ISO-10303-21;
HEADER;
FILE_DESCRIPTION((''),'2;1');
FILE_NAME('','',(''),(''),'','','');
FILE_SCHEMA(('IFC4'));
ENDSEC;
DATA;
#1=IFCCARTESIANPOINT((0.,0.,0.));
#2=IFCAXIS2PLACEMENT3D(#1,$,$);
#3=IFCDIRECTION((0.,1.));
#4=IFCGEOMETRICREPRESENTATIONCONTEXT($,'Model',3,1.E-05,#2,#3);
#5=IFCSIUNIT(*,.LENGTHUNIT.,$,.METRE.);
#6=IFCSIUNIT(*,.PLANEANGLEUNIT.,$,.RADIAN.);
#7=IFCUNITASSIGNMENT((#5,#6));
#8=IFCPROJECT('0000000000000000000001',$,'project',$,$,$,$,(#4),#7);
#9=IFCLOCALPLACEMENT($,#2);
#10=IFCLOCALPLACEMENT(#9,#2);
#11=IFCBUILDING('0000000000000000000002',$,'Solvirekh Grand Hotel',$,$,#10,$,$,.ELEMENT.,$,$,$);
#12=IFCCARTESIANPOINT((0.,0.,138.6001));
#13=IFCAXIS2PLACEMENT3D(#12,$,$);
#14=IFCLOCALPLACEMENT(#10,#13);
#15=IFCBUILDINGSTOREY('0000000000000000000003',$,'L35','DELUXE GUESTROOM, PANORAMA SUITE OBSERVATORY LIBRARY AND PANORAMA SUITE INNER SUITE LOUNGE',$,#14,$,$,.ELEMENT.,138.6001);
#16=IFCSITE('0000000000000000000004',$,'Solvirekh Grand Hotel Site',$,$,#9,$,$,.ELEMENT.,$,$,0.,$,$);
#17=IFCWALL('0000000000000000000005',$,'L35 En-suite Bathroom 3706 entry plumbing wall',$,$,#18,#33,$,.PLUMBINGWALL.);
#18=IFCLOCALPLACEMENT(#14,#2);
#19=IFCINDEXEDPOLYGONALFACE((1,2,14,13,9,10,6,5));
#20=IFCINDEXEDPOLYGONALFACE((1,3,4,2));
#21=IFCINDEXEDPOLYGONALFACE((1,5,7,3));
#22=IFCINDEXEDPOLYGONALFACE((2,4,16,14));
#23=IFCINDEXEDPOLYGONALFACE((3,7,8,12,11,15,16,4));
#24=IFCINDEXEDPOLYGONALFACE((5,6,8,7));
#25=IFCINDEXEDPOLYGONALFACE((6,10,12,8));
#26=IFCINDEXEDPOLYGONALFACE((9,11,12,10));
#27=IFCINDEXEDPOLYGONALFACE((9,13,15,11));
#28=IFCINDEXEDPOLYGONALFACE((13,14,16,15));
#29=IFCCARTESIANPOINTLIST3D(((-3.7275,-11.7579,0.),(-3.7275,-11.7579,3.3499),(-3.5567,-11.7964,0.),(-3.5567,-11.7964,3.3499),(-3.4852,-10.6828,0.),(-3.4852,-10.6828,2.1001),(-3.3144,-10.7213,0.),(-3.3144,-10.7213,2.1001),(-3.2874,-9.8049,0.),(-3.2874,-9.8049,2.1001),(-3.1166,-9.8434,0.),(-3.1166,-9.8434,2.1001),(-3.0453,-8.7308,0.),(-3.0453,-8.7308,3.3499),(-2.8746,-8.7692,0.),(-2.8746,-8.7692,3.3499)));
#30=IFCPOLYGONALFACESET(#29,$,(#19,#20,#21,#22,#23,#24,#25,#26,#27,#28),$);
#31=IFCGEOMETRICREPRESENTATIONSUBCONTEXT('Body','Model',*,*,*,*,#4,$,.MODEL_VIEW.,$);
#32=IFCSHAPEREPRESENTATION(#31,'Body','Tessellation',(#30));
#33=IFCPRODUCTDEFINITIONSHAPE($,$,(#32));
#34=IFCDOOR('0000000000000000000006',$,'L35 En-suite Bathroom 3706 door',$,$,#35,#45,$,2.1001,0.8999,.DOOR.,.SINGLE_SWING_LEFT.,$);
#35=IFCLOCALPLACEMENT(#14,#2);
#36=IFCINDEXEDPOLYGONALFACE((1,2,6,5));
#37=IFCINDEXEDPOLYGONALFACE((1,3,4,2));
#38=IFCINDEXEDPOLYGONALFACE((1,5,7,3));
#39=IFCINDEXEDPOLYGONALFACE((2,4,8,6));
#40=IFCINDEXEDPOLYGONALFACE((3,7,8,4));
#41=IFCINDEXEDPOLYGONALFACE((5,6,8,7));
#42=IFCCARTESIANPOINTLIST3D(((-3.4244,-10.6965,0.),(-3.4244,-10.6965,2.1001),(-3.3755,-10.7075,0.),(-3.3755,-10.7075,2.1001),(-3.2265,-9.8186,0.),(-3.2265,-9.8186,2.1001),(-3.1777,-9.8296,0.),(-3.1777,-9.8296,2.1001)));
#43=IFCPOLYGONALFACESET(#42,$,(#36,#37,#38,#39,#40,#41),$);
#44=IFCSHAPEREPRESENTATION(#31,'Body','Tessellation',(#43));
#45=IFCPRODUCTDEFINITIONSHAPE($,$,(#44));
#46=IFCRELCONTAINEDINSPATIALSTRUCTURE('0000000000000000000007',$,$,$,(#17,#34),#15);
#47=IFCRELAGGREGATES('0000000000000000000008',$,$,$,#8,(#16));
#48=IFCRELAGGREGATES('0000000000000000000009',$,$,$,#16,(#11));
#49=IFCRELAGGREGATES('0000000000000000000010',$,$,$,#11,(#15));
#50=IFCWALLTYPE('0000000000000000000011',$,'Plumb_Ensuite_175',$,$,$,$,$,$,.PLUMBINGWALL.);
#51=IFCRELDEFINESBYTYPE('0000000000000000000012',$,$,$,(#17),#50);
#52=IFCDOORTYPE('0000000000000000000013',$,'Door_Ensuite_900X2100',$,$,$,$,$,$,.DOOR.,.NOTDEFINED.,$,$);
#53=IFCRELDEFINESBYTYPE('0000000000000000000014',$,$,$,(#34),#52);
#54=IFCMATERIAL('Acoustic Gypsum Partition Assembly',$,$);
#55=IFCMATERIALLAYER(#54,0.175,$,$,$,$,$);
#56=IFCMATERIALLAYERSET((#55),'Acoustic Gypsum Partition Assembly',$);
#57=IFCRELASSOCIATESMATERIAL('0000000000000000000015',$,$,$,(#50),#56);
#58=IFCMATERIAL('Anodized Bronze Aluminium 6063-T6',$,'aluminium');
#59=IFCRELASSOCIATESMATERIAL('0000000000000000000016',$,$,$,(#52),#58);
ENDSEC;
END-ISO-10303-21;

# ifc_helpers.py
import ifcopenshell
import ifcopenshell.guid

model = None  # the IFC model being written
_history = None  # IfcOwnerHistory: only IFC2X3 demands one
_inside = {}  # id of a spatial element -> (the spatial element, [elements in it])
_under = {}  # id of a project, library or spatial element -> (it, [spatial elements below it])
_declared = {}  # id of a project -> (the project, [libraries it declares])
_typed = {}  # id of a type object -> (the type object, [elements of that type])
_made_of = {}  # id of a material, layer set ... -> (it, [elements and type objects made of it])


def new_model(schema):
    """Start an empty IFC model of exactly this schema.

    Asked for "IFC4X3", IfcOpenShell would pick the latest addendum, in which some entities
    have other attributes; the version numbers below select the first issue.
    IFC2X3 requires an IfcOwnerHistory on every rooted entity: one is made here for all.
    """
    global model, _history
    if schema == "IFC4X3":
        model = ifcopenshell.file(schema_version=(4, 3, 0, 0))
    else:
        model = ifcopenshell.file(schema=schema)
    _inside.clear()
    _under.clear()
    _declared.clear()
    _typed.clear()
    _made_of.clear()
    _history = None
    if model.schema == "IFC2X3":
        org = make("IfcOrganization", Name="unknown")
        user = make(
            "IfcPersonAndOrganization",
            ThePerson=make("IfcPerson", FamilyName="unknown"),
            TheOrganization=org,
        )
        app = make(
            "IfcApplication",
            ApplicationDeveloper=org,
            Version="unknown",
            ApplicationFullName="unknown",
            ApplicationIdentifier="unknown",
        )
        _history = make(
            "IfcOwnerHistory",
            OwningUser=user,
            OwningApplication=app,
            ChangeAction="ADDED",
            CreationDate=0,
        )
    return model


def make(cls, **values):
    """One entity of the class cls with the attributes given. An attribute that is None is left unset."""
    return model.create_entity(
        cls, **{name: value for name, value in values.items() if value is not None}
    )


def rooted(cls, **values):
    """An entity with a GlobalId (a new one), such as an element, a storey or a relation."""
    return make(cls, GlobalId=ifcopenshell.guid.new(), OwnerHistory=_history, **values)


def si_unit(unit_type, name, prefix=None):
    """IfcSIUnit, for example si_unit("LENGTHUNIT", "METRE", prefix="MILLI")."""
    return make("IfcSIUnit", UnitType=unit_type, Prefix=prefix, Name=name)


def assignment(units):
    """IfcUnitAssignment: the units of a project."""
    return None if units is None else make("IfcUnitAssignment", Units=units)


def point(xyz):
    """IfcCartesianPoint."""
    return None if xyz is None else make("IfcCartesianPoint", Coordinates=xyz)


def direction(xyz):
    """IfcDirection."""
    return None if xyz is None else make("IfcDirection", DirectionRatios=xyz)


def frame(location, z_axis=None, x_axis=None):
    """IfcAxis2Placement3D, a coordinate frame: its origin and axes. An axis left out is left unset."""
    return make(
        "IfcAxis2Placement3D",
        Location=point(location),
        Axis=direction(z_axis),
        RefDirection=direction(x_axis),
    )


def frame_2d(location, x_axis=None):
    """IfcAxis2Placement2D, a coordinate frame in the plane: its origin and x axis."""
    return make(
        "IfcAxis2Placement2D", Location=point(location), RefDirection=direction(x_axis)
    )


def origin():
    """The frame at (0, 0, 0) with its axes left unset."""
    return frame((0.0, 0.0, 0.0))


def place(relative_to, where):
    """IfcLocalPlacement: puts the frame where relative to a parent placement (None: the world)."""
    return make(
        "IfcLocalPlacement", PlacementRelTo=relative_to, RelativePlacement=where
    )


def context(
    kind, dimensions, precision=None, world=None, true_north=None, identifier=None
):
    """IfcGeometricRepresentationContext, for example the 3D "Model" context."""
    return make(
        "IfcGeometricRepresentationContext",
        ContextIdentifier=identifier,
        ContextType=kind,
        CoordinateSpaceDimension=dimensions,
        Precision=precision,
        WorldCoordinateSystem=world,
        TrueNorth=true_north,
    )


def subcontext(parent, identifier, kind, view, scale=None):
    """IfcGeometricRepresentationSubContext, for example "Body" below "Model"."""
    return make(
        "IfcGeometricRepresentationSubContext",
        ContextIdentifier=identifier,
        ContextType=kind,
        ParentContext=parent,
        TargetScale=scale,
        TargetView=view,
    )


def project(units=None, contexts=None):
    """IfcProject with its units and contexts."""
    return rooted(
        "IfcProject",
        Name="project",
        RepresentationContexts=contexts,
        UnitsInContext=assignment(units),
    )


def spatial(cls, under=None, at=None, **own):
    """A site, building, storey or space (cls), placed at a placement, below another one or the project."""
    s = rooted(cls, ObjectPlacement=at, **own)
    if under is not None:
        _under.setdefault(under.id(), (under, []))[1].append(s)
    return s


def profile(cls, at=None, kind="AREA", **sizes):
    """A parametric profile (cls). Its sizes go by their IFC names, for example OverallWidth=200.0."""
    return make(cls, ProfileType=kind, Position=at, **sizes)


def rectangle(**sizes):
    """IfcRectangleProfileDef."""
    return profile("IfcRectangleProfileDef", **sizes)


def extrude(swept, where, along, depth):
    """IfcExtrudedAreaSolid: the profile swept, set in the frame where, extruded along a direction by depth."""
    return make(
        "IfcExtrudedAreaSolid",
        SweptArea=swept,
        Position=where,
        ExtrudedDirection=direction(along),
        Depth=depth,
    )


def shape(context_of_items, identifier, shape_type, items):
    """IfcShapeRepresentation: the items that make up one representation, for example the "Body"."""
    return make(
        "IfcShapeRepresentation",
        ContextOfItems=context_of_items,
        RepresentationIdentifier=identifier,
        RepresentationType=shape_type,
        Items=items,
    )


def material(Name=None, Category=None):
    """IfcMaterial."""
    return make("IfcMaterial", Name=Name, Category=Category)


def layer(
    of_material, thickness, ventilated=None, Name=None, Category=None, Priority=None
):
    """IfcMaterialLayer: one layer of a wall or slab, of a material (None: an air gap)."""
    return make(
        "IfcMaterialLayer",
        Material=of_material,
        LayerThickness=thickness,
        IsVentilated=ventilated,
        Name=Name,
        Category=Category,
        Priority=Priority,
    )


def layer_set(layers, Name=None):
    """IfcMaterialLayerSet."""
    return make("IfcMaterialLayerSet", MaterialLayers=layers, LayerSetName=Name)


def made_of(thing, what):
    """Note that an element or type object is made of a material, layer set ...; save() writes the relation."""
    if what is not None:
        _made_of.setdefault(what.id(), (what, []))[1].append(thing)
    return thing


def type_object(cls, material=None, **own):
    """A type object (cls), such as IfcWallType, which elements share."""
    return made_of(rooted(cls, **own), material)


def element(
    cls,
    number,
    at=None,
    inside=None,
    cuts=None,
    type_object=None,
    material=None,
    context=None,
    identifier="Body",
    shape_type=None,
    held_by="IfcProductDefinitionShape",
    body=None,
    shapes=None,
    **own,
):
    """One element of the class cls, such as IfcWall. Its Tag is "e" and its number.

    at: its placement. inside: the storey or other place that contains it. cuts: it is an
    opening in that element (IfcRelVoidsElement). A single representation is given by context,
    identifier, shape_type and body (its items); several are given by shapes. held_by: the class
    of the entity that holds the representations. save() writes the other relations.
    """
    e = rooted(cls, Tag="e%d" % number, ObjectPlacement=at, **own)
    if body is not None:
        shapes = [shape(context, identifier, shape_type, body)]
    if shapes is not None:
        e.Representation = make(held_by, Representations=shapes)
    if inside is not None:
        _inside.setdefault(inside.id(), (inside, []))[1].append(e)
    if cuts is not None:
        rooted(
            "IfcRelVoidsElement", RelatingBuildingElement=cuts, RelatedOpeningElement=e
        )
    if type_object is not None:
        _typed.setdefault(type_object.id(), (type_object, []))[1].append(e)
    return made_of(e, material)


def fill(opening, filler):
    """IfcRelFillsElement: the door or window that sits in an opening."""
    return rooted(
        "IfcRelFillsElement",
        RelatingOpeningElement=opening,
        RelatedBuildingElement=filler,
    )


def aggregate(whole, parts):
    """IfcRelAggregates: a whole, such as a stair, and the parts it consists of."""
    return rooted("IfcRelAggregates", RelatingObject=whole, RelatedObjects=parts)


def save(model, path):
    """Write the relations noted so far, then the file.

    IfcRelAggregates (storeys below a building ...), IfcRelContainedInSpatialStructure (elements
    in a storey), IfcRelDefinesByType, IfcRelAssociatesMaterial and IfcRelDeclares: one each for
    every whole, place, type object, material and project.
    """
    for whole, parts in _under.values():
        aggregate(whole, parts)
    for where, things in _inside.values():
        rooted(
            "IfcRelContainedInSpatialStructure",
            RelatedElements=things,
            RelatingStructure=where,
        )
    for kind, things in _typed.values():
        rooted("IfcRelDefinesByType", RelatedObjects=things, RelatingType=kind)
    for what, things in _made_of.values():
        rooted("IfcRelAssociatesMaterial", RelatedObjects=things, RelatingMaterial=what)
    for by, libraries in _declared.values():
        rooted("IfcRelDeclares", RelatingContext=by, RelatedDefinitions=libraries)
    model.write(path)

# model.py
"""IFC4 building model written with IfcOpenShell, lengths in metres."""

from ifc_helpers import new_model, si_unit, direction, frame, frame_2d, origin, place, context, subcontext, project, spatial, rectangle, extrude, material, layer, layer_set, type_object, element, fill, save


model = new_model("IFC4")

# Units and contexts
model_context = context("Model", 3, precision=1e-05, world=origin(), true_north=direction((0.0, 1.0)))
body_context = subcontext(model_context, "Body", "Model", "MODEL_VIEW")
ifc_project = project(units=[si_unit("LENGTHUNIT", "METRE"), si_unit("PLANEANGLEUNIT", "RADIAN")], contexts=[model_context])

# Site, building, storey
site_placement = place(None, origin())
site = spatial("IfcSite", under=ifc_project, at=site_placement, Name="Solvirekh Grand Hotel Site", CompositionType="ELEMENT", RefElevation=0.0)
building_placement = place(site_placement, origin())
building = spatial("IfcBuilding", under=site, at=building_placement, Name="Solvirekh Grand Hotel", CompositionType="ELEMENT")
storey_placement = place(building_placement, frame((0.0, 0.0, 138.6001)))
storey = spatial("IfcBuildingStorey", under=building, at=storey_placement, Name="L35", Description="DELUXE GUESTROOM, PANORAMA SUITE OBSERVATORY LIBRARY AND PANORAMA SUITE INNER SUITE LOUNGE", CompositionType="ELEMENT", Elevation=138.6001)

# Shared definitions
ifc_material_1 = material(Name="Acoustic Gypsum Partition Assembly")
ifc_material_2 = material(Name="Anodized Bronze Aluminium 6063-T6", Category="aluminium")

# Wall, opening, door
ifc_layer_1 = layer(ifc_material_1, 0.175)
ifc_layer_set_1 = layer_set([ifc_layer_1], Name="Acoustic Gypsum Partition Assembly")
wall_type_1 = type_object("IfcWallType", Name="Plumb_Ensuite_175", PredefinedType="PLUMBINGWALL", material=ifc_layer_set_1)
wall_1_placement = place(storey_placement, frame((-2.96, -8.75, 0.0), z_axis=(0.0, 0.0, 1.0), x_axis=(-0.219829, -0.975539, 0.0)))
wall_1 = element("IfcWall", 1, at=wall_1_placement, inside=storey, type_object=wall_type_1, Name="L35 En-suite Bathroom 3706 entry plumbing wall", PredefinedType="PLUMBINGWALL", context=body_context, shape_type="SweptSolid", body=[
    extrude(rectangle(XDim=3.103, YDim=0.175, at=frame_2d((1.5515, 0.0))), origin(), (0.0, 0.0, 1.0), 3.3499),
])
opening_1_placement = place(wall_1_placement, frame((1.1011, 0.0, 0.0)))
opening_1 = element("IfcOpeningElement", 2, at=opening_1_placement, cuts=wall_1, PredefinedType="OPENING", context=body_context, shape_type="SweptSolid", body=[
    extrude(rectangle(XDim=0.8999, YDim=2.1001, at=frame_2d((0.45, 1.05))), frame((0.0, 0.0977, 0.0), z_axis=(0.0, -1.0, 0.0), x_axis=(1.0, 0.0, 0.0)), (0.0, 0.0, 1.0), 0.1951),
])
door_type_1 = type_object("IfcDoorType", Name="Door_Ensuite_900X2100", OperationType="NOTDEFINED", PredefinedType="DOOR", material=ifc_material_2)
door_1_placement = place(opening_1_placement, origin())
door_1 = element("IfcDoor", 3, at=door_1_placement, inside=storey, type_object=door_type_1, Name="L35 En-suite Bathroom 3706 door", OperationType="SINGLE_SWING_LEFT", OverallHeight=2.1001, OverallWidth=0.8999, PredefinedType="DOOR", context=body_context, shape_type="SweptSolid", body=[
    extrude(rectangle(XDim=0.8999, YDim=2.1001, at=frame_2d((0.45, 1.05))), frame((0.0, 0.0249, 0.0), z_axis=(0.0, -1.0, 0.0), x_axis=(1.0, 0.0, 0.0)), (0.0, 0.0, 1.0), 0.05),
])
fill(opening_1, door_1)

save(model, "model.ifc")
